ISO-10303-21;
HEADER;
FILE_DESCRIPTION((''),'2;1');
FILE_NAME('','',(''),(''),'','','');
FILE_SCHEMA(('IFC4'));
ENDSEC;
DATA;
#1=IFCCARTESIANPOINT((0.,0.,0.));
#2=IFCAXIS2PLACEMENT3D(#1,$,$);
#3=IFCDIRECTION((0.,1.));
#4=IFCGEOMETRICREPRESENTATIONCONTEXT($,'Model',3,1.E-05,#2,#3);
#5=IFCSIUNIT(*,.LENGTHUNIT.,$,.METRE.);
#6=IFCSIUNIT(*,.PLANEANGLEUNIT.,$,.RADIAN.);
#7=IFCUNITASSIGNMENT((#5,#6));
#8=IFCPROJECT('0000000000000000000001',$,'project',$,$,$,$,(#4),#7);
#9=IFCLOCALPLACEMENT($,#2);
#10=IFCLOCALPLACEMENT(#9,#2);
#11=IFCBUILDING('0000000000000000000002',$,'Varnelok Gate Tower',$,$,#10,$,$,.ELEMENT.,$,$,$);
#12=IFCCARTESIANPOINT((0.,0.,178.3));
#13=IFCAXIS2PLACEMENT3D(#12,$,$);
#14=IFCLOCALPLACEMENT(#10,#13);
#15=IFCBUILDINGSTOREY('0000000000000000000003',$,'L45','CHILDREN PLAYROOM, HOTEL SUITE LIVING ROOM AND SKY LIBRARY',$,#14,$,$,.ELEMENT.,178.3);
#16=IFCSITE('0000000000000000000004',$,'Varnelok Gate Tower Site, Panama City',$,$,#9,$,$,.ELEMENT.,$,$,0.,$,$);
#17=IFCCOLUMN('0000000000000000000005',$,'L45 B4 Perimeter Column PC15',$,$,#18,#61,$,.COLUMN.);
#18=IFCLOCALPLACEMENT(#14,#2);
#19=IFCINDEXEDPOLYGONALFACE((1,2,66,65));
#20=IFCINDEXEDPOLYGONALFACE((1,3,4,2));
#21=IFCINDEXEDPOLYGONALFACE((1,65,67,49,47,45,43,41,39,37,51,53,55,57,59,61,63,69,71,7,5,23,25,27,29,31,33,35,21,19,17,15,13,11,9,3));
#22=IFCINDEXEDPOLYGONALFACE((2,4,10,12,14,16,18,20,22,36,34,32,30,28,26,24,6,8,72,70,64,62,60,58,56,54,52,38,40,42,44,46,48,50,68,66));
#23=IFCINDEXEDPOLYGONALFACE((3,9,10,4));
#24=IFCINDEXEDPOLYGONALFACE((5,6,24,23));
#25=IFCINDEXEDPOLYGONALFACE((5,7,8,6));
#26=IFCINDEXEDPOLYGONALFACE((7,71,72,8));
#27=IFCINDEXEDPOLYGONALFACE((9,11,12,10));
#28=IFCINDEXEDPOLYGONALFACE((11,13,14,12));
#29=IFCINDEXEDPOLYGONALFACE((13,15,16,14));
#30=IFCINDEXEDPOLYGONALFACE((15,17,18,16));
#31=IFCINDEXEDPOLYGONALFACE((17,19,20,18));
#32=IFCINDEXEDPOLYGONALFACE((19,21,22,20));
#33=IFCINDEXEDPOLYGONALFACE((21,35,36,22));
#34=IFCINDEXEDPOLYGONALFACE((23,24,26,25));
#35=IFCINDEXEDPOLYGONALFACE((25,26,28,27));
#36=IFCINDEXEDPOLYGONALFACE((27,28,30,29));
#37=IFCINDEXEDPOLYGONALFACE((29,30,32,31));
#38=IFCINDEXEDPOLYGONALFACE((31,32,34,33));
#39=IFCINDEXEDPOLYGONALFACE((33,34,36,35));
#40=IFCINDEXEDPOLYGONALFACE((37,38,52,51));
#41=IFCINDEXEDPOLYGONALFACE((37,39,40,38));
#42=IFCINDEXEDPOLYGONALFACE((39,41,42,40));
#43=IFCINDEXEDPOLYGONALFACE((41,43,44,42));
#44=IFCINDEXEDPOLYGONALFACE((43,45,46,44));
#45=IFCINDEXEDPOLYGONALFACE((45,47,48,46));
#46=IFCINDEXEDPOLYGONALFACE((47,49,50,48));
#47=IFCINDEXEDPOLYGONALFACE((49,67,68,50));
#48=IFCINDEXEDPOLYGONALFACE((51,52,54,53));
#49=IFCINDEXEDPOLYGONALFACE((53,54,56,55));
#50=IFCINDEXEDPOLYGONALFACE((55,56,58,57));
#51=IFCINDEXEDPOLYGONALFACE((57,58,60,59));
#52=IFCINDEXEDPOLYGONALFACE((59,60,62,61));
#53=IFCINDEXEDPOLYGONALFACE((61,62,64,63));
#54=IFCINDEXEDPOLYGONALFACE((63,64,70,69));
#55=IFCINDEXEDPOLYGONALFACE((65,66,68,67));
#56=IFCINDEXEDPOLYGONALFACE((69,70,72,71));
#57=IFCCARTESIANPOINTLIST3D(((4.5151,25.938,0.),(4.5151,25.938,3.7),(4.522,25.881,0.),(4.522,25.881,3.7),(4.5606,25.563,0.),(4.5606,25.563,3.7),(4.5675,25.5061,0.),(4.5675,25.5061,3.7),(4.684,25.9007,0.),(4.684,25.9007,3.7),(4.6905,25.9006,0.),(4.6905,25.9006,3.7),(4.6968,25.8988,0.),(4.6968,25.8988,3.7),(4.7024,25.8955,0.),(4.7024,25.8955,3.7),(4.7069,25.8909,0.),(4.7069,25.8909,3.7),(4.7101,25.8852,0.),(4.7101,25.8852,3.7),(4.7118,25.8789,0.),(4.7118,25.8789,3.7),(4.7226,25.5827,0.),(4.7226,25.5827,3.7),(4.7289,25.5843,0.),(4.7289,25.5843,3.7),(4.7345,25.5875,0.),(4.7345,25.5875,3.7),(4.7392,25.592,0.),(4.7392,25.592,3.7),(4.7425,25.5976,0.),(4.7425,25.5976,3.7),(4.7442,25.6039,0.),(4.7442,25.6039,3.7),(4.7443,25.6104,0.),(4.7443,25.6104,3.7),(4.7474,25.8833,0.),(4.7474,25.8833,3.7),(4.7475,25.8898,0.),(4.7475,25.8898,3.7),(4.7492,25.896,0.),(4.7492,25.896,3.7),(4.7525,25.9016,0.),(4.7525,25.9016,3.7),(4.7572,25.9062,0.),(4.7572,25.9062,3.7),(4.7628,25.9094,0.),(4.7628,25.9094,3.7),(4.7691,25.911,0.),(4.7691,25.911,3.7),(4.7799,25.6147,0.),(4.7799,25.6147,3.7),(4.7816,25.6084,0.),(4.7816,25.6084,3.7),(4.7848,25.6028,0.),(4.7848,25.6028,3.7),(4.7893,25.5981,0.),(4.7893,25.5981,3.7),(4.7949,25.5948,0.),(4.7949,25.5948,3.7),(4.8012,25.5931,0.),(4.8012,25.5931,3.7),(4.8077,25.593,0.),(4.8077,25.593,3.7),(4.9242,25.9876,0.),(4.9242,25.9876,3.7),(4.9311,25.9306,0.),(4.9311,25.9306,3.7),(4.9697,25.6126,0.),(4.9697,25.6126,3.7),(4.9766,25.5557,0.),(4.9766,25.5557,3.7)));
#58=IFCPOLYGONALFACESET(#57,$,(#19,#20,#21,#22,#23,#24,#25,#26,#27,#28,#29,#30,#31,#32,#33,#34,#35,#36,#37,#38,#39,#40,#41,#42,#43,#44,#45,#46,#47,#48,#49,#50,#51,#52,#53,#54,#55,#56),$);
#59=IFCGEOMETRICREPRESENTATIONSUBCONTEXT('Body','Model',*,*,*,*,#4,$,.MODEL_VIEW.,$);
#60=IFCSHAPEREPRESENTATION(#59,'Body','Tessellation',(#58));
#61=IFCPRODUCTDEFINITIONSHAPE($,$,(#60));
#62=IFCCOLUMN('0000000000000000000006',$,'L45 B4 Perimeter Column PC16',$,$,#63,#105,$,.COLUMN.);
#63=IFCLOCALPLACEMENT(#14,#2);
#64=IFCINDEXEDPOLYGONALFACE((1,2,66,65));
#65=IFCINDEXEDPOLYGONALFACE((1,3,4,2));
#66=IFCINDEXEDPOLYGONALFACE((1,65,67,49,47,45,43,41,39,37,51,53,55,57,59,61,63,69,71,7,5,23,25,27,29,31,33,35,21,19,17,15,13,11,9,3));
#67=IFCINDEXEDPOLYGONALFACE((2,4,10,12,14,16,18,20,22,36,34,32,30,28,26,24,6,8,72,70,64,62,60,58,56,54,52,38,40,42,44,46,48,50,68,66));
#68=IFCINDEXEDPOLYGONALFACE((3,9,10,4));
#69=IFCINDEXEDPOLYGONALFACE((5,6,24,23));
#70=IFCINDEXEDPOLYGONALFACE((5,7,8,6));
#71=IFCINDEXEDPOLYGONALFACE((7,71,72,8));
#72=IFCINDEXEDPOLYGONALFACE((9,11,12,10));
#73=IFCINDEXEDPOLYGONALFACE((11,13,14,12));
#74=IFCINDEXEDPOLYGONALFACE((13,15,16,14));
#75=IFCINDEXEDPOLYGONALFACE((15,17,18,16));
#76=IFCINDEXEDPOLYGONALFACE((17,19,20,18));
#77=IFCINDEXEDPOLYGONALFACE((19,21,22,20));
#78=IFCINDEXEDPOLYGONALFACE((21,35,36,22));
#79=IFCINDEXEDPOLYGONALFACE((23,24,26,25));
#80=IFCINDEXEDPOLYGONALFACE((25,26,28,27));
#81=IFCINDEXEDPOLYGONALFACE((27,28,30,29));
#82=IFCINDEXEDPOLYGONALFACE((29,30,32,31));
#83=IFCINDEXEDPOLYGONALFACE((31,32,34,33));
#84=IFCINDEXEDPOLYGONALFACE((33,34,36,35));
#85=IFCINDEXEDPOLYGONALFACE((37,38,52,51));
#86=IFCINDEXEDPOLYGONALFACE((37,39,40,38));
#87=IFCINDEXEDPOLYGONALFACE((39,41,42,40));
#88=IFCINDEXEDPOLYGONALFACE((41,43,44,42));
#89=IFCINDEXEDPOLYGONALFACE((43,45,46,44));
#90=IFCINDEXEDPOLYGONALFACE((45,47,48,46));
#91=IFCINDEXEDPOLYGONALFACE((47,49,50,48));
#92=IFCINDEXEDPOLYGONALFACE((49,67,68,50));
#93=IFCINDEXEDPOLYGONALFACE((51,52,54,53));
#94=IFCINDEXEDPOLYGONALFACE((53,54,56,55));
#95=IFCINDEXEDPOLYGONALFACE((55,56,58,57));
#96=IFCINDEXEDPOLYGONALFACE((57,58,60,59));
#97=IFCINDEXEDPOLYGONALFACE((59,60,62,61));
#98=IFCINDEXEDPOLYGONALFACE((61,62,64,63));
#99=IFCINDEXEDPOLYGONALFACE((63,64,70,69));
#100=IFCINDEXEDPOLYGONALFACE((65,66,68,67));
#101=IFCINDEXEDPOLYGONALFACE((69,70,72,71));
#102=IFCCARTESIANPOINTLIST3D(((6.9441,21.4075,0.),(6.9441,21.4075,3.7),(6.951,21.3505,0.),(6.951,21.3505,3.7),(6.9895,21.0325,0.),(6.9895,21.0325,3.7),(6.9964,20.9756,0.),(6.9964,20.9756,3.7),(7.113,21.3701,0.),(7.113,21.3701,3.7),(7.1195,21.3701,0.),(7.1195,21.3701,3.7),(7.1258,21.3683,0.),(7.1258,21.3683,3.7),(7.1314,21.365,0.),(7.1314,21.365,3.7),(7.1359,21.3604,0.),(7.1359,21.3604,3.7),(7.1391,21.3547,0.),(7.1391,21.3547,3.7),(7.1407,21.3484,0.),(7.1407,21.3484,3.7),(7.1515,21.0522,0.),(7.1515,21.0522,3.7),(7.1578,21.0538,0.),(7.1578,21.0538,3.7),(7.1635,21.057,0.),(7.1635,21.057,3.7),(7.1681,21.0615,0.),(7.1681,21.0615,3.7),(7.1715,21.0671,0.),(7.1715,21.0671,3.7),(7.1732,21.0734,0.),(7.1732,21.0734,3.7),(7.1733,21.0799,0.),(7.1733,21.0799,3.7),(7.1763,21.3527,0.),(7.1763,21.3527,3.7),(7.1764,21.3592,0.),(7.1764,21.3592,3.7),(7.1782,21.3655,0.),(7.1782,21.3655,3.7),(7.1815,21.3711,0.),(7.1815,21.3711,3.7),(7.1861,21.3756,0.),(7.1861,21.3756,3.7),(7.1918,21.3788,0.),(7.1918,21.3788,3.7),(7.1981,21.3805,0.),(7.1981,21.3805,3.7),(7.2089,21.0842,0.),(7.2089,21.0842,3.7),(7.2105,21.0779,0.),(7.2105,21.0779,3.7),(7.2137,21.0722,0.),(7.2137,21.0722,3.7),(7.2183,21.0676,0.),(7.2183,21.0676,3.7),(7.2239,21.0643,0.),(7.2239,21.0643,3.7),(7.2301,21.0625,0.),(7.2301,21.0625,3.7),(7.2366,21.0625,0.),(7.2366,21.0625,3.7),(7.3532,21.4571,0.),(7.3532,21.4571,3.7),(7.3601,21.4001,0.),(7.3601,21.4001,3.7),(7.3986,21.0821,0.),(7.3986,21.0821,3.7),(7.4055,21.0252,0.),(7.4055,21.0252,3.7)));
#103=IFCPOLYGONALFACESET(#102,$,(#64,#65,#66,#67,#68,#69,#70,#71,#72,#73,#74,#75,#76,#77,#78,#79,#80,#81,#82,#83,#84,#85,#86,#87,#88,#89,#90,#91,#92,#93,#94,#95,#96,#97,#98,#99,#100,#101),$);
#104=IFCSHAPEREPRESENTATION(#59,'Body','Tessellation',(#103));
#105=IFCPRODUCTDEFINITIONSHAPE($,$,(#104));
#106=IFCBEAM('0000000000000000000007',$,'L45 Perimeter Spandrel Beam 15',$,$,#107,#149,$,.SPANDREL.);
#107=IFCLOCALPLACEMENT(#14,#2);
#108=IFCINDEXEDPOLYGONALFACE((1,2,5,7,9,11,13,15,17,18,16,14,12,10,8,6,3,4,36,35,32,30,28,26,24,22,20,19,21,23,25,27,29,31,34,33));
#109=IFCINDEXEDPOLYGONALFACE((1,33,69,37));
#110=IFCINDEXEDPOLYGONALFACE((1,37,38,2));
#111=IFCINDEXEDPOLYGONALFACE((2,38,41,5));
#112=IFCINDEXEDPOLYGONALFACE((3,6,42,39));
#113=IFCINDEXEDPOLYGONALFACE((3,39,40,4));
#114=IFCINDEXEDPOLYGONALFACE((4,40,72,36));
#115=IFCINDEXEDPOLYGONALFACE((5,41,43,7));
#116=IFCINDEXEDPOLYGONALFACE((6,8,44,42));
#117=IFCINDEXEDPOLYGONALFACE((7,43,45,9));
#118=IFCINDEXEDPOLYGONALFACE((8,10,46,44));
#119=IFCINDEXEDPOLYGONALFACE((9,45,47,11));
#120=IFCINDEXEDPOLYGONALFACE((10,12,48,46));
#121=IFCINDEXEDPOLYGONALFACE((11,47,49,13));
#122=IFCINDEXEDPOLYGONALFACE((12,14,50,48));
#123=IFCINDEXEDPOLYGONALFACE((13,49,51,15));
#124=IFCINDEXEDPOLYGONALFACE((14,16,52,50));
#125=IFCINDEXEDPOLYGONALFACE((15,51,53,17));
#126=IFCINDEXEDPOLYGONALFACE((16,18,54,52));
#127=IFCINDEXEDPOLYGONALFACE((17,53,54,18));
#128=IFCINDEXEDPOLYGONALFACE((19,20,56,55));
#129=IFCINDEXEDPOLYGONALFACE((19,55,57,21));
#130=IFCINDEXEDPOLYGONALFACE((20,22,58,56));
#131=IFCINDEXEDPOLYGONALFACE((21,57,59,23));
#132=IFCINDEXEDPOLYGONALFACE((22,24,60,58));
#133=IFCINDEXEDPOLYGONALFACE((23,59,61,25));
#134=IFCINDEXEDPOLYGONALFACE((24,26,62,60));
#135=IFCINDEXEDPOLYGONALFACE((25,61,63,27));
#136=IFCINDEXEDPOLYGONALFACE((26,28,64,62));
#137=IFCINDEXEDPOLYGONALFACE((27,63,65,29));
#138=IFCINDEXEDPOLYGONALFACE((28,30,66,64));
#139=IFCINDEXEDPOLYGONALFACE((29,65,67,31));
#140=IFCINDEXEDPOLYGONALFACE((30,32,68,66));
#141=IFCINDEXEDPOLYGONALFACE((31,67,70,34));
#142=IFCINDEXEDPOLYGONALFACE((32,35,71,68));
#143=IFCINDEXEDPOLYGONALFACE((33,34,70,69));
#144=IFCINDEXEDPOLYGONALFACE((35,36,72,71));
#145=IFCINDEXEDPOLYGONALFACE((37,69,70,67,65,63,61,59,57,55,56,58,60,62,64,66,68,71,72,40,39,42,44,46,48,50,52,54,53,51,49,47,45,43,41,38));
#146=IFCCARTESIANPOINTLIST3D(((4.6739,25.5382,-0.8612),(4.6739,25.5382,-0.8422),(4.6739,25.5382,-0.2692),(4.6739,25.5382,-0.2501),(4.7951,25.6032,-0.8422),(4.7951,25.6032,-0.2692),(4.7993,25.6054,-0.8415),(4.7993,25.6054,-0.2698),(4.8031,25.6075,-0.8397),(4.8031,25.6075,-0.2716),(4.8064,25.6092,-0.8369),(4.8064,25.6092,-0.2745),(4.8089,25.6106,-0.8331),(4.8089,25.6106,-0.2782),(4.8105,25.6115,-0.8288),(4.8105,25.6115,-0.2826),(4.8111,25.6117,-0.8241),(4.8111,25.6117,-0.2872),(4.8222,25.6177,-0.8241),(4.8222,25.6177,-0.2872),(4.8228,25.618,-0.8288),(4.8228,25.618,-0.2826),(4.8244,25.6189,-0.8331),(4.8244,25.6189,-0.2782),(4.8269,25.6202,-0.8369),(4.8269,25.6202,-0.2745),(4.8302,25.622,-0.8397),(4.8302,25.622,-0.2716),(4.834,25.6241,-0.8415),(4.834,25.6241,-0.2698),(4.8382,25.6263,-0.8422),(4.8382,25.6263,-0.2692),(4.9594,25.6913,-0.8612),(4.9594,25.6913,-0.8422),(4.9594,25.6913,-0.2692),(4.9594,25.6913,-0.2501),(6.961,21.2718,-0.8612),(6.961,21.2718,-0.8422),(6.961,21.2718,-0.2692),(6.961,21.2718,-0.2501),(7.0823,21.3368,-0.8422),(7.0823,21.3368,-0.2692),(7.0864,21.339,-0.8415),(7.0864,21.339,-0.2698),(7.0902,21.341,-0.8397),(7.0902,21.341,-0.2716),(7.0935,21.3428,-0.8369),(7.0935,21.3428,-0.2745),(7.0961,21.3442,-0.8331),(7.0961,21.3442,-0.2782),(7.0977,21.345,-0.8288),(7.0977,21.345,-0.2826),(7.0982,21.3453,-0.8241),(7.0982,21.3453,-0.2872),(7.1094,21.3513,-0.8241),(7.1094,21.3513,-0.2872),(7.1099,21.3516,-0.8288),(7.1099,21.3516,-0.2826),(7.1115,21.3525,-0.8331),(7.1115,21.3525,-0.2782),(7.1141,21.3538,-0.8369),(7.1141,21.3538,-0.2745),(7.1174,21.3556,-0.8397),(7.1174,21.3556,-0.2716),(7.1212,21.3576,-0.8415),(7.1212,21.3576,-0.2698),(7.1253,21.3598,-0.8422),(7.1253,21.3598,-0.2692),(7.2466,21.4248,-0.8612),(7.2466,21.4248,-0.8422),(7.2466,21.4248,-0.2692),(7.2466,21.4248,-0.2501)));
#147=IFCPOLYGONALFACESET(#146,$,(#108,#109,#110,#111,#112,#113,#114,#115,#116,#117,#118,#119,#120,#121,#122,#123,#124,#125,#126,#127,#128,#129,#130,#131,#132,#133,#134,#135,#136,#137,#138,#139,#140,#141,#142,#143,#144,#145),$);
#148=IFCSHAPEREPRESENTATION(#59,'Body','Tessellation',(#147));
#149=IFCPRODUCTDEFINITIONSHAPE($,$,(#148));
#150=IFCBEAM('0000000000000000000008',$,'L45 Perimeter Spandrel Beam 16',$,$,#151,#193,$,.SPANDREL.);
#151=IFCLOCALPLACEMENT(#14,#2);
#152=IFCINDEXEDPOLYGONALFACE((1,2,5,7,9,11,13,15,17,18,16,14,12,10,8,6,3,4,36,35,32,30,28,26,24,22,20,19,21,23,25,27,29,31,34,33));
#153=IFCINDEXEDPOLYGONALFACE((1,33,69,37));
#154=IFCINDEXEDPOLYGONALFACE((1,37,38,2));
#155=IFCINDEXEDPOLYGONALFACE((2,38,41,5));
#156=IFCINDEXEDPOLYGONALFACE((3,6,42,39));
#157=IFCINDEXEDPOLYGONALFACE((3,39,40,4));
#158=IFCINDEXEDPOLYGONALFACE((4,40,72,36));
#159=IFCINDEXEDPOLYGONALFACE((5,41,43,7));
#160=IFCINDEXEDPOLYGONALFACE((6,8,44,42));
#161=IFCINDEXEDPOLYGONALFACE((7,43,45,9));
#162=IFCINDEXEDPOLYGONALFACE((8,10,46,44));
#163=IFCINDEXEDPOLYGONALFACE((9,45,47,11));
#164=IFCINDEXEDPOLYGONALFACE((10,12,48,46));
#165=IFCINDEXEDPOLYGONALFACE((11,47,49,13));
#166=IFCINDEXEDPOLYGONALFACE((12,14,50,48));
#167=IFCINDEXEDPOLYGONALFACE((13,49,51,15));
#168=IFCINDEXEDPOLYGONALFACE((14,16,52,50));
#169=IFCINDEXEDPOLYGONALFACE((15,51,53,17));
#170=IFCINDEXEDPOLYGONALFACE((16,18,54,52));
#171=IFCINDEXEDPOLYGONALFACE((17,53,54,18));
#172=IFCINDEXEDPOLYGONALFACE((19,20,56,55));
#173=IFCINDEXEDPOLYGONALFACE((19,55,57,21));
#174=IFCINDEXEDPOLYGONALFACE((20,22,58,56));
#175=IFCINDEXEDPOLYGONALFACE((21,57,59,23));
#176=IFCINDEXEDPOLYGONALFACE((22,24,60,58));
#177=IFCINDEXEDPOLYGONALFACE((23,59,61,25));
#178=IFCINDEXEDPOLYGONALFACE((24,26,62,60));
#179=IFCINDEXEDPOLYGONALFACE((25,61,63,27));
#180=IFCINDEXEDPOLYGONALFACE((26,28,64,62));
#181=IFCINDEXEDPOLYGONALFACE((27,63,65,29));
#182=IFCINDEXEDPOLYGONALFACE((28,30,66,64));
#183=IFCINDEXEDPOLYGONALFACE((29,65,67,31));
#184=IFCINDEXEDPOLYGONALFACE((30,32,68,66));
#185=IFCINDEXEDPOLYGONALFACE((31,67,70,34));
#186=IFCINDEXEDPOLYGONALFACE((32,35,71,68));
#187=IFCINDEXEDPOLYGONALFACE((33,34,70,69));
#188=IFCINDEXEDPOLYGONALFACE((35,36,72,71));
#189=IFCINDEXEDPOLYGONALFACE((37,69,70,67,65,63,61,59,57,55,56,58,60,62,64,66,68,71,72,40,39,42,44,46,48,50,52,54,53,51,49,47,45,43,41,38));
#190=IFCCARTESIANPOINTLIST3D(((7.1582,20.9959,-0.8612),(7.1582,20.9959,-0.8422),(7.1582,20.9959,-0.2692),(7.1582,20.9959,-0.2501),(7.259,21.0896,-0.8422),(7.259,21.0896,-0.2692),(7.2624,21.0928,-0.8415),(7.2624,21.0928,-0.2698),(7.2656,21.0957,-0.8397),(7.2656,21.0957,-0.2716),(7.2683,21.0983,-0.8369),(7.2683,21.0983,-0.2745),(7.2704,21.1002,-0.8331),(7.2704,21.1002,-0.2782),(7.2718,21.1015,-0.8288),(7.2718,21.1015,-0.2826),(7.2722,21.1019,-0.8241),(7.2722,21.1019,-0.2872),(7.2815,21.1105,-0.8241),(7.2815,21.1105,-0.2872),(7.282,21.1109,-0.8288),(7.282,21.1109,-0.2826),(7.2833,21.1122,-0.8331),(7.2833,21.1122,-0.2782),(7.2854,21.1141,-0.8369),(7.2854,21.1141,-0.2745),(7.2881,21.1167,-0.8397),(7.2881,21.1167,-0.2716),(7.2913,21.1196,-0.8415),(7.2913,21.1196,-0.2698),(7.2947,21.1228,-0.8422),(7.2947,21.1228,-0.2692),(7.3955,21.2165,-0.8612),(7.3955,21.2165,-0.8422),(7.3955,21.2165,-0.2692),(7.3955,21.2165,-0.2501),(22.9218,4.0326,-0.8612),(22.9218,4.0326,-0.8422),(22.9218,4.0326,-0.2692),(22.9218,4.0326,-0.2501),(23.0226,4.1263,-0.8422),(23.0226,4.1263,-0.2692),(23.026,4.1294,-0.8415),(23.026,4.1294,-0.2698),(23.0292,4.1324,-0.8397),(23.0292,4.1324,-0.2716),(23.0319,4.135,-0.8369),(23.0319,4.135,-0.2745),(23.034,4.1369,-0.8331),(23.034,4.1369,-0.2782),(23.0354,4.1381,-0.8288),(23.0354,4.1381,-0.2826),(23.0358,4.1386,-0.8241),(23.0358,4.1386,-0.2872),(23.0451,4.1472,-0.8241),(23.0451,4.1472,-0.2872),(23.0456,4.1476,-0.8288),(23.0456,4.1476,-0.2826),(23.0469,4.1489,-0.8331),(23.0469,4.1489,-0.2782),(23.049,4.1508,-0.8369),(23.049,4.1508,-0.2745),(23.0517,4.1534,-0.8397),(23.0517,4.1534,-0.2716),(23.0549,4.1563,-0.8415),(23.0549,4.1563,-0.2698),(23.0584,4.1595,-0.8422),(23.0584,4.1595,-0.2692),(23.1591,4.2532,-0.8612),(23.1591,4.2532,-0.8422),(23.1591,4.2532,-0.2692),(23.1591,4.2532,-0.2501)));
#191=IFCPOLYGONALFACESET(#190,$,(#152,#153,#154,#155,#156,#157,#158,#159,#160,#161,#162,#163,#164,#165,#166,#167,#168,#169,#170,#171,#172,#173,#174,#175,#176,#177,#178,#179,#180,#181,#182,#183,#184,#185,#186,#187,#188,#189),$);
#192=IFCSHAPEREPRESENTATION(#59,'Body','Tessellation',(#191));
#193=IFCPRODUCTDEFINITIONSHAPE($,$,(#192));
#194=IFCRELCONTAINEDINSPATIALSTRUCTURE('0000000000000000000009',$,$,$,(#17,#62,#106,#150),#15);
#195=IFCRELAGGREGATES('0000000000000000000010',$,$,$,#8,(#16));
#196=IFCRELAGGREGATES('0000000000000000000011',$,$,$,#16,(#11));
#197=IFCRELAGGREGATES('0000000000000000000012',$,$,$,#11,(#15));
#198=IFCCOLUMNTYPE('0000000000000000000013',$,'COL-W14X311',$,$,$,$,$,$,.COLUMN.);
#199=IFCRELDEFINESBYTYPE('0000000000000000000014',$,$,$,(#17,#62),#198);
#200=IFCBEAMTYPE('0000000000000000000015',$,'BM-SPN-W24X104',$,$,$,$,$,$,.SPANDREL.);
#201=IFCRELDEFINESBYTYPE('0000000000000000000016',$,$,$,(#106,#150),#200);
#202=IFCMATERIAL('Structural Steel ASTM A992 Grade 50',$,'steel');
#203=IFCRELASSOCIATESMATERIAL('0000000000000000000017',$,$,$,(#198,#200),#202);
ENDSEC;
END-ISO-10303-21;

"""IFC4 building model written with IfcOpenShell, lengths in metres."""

from ifc_helpers import new_model, si_unit, direction, frame, origin, origin_2d, place, context, subcontext, project, spatial, i_section, extrude, material, material_profile, profile_set, type_object, element, save


model = new_model("IFC4")

# Units and contexts
model_context = context("Model", 3, precision=1e-05, world=origin(), true_north=direction((0.0, 1.0)))
body_context = subcontext(model_context, "Body", "Model", "MODEL_VIEW")
ifc_project = project(units=[si_unit("LENGTHUNIT", "METRE"), si_unit("PLANEANGLEUNIT", "RADIAN")], contexts=[model_context])

# Site, building, storey
site_placement = place(None, origin())
site = spatial("IfcSite", under=ifc_project, at=site_placement, Name="Varnelok Gate Tower Site, Panama City", CompositionType="ELEMENT", RefElevation=0.0)
building_placement = place(site_placement, origin())
building = spatial("IfcBuilding", under=site, at=building_placement, Name="Varnelok Gate Tower", CompositionType="ELEMENT")
storey_placement = place(building_placement, frame((0.0, 0.0, 178.3)))
storey = spatial("IfcBuildingStorey", under=building, at=storey_placement, Name="L45", Description="CHILDREN PLAYROOM, HOTEL SUITE LIVING ROOM AND SKY LIBRARY", CompositionType="ELEMENT", Elevation=178.3)

# Columns
ifc_material_1 = material(Name="Structural Steel ASTM A992 Grade 50", Category="steel")
ifc_material_profile_1 = material_profile(ifc_material_1, i_section(OverallWidth=0.4121, OverallDepth=0.4351, WebThickness=0.0359, FlangeThickness=0.0574, FilletRadius=0.0249, at=origin_2d()), Name="W14X311")
ifc_profile_set_1 = profile_set([ifc_material_profile_1], Name="Structural Steel ASTM A992 Grade 50")
column_type = type_object("IfcColumnType", Name="COL-W14X311", PredefinedType="COLUMN", material=ifc_profile_set_1)
for number, where, z_axis, x_axis, name in (
    (1, (4.7458, 25.7468, 0.0), (0.0, 0.0, 1.0), (0.992732, 0.120345, 0.0), "L45 B4 Perimeter Column PC15"),
    (2, (7.1748, 21.2163, 0.0), (0.0, 0.0, 1.0), (0.992732, 0.120345, 0.0), "L45 B4 Perimeter Column PC16"),
):
    element("IfcColumn", number, at=place(storey_placement, frame(where, z_axis=z_axis, x_axis=x_axis)), inside=storey, type_object=column_type, Name=name, PredefinedType="COLUMN", context=body_context, shape_type="SweptSolid", body=[
        extrude(i_section(OverallWidth=0.4121, OverallDepth=0.4351, WebThickness=0.0359, FlangeThickness=0.0574, FilletRadius=0.0249, at=origin_2d()), origin(), (0.0, 0.0, 1.0), 3.7),
    ])

# Beams
ifc_material_profile_2 = material_profile(ifc_material_1, i_section(OverallWidth=0.324, OverallDepth=0.6111, WebThickness=0.0127, FlangeThickness=0.019, FilletRadius=0.0181, at=origin_2d()), Name="W24X104")
ifc_profile_set_2 = profile_set([ifc_material_profile_2], Name="Structural Steel ASTM A992 Grade 50")
beam_type = type_object("IfcBeamType", Name="BM-SPN-W24X104", PredefinedType="SPANDREL", material=ifc_profile_set_2)
beam_1_placement = place(storey_placement, frame((4.8167, 25.6147, -0.5557), z_axis=(0.472472, -0.881346, 0.0), x_axis=(0.881346, 0.472472, 0.0)))
element("IfcBeam", 3, at=beam_1_placement, inside=storey, type_object=beam_type, Name="L45 Perimeter Spandrel Beam 15", PredefinedType="SPANDREL", context=body_context, shape_type="SweptSolid", body=[
    extrude(i_section(OverallWidth=0.324, OverallDepth=0.6111, WebThickness=0.0127, FlangeThickness=0.019, FilletRadius=0.0181, at=origin_2d()), origin(), (0.0, 0.0, 1.0), 4.8408),
])
beam_2_placement = place(storey_placement, frame((7.2769, 21.1062, -0.5557), z_axis=(0.680728, -0.732536, 0.0), x_axis=(0.732536, 0.680728, 0.0)))
element("IfcBeam", 4, at=beam_2_placement, inside=storey, type_object=beam_type, Name="L45 Perimeter Spandrel Beam 16", PredefinedType="SPANDREL", context=body_context, shape_type="SweptSolid", body=[
    extrude(i_section(OverallWidth=0.324, OverallDepth=0.6111, WebThickness=0.0127, FlangeThickness=0.019, FilletRadius=0.0181, at=origin_2d()), origin(), (0.0, 0.0, 1.0), 23.157),
])

save(model, "model.ifc")
